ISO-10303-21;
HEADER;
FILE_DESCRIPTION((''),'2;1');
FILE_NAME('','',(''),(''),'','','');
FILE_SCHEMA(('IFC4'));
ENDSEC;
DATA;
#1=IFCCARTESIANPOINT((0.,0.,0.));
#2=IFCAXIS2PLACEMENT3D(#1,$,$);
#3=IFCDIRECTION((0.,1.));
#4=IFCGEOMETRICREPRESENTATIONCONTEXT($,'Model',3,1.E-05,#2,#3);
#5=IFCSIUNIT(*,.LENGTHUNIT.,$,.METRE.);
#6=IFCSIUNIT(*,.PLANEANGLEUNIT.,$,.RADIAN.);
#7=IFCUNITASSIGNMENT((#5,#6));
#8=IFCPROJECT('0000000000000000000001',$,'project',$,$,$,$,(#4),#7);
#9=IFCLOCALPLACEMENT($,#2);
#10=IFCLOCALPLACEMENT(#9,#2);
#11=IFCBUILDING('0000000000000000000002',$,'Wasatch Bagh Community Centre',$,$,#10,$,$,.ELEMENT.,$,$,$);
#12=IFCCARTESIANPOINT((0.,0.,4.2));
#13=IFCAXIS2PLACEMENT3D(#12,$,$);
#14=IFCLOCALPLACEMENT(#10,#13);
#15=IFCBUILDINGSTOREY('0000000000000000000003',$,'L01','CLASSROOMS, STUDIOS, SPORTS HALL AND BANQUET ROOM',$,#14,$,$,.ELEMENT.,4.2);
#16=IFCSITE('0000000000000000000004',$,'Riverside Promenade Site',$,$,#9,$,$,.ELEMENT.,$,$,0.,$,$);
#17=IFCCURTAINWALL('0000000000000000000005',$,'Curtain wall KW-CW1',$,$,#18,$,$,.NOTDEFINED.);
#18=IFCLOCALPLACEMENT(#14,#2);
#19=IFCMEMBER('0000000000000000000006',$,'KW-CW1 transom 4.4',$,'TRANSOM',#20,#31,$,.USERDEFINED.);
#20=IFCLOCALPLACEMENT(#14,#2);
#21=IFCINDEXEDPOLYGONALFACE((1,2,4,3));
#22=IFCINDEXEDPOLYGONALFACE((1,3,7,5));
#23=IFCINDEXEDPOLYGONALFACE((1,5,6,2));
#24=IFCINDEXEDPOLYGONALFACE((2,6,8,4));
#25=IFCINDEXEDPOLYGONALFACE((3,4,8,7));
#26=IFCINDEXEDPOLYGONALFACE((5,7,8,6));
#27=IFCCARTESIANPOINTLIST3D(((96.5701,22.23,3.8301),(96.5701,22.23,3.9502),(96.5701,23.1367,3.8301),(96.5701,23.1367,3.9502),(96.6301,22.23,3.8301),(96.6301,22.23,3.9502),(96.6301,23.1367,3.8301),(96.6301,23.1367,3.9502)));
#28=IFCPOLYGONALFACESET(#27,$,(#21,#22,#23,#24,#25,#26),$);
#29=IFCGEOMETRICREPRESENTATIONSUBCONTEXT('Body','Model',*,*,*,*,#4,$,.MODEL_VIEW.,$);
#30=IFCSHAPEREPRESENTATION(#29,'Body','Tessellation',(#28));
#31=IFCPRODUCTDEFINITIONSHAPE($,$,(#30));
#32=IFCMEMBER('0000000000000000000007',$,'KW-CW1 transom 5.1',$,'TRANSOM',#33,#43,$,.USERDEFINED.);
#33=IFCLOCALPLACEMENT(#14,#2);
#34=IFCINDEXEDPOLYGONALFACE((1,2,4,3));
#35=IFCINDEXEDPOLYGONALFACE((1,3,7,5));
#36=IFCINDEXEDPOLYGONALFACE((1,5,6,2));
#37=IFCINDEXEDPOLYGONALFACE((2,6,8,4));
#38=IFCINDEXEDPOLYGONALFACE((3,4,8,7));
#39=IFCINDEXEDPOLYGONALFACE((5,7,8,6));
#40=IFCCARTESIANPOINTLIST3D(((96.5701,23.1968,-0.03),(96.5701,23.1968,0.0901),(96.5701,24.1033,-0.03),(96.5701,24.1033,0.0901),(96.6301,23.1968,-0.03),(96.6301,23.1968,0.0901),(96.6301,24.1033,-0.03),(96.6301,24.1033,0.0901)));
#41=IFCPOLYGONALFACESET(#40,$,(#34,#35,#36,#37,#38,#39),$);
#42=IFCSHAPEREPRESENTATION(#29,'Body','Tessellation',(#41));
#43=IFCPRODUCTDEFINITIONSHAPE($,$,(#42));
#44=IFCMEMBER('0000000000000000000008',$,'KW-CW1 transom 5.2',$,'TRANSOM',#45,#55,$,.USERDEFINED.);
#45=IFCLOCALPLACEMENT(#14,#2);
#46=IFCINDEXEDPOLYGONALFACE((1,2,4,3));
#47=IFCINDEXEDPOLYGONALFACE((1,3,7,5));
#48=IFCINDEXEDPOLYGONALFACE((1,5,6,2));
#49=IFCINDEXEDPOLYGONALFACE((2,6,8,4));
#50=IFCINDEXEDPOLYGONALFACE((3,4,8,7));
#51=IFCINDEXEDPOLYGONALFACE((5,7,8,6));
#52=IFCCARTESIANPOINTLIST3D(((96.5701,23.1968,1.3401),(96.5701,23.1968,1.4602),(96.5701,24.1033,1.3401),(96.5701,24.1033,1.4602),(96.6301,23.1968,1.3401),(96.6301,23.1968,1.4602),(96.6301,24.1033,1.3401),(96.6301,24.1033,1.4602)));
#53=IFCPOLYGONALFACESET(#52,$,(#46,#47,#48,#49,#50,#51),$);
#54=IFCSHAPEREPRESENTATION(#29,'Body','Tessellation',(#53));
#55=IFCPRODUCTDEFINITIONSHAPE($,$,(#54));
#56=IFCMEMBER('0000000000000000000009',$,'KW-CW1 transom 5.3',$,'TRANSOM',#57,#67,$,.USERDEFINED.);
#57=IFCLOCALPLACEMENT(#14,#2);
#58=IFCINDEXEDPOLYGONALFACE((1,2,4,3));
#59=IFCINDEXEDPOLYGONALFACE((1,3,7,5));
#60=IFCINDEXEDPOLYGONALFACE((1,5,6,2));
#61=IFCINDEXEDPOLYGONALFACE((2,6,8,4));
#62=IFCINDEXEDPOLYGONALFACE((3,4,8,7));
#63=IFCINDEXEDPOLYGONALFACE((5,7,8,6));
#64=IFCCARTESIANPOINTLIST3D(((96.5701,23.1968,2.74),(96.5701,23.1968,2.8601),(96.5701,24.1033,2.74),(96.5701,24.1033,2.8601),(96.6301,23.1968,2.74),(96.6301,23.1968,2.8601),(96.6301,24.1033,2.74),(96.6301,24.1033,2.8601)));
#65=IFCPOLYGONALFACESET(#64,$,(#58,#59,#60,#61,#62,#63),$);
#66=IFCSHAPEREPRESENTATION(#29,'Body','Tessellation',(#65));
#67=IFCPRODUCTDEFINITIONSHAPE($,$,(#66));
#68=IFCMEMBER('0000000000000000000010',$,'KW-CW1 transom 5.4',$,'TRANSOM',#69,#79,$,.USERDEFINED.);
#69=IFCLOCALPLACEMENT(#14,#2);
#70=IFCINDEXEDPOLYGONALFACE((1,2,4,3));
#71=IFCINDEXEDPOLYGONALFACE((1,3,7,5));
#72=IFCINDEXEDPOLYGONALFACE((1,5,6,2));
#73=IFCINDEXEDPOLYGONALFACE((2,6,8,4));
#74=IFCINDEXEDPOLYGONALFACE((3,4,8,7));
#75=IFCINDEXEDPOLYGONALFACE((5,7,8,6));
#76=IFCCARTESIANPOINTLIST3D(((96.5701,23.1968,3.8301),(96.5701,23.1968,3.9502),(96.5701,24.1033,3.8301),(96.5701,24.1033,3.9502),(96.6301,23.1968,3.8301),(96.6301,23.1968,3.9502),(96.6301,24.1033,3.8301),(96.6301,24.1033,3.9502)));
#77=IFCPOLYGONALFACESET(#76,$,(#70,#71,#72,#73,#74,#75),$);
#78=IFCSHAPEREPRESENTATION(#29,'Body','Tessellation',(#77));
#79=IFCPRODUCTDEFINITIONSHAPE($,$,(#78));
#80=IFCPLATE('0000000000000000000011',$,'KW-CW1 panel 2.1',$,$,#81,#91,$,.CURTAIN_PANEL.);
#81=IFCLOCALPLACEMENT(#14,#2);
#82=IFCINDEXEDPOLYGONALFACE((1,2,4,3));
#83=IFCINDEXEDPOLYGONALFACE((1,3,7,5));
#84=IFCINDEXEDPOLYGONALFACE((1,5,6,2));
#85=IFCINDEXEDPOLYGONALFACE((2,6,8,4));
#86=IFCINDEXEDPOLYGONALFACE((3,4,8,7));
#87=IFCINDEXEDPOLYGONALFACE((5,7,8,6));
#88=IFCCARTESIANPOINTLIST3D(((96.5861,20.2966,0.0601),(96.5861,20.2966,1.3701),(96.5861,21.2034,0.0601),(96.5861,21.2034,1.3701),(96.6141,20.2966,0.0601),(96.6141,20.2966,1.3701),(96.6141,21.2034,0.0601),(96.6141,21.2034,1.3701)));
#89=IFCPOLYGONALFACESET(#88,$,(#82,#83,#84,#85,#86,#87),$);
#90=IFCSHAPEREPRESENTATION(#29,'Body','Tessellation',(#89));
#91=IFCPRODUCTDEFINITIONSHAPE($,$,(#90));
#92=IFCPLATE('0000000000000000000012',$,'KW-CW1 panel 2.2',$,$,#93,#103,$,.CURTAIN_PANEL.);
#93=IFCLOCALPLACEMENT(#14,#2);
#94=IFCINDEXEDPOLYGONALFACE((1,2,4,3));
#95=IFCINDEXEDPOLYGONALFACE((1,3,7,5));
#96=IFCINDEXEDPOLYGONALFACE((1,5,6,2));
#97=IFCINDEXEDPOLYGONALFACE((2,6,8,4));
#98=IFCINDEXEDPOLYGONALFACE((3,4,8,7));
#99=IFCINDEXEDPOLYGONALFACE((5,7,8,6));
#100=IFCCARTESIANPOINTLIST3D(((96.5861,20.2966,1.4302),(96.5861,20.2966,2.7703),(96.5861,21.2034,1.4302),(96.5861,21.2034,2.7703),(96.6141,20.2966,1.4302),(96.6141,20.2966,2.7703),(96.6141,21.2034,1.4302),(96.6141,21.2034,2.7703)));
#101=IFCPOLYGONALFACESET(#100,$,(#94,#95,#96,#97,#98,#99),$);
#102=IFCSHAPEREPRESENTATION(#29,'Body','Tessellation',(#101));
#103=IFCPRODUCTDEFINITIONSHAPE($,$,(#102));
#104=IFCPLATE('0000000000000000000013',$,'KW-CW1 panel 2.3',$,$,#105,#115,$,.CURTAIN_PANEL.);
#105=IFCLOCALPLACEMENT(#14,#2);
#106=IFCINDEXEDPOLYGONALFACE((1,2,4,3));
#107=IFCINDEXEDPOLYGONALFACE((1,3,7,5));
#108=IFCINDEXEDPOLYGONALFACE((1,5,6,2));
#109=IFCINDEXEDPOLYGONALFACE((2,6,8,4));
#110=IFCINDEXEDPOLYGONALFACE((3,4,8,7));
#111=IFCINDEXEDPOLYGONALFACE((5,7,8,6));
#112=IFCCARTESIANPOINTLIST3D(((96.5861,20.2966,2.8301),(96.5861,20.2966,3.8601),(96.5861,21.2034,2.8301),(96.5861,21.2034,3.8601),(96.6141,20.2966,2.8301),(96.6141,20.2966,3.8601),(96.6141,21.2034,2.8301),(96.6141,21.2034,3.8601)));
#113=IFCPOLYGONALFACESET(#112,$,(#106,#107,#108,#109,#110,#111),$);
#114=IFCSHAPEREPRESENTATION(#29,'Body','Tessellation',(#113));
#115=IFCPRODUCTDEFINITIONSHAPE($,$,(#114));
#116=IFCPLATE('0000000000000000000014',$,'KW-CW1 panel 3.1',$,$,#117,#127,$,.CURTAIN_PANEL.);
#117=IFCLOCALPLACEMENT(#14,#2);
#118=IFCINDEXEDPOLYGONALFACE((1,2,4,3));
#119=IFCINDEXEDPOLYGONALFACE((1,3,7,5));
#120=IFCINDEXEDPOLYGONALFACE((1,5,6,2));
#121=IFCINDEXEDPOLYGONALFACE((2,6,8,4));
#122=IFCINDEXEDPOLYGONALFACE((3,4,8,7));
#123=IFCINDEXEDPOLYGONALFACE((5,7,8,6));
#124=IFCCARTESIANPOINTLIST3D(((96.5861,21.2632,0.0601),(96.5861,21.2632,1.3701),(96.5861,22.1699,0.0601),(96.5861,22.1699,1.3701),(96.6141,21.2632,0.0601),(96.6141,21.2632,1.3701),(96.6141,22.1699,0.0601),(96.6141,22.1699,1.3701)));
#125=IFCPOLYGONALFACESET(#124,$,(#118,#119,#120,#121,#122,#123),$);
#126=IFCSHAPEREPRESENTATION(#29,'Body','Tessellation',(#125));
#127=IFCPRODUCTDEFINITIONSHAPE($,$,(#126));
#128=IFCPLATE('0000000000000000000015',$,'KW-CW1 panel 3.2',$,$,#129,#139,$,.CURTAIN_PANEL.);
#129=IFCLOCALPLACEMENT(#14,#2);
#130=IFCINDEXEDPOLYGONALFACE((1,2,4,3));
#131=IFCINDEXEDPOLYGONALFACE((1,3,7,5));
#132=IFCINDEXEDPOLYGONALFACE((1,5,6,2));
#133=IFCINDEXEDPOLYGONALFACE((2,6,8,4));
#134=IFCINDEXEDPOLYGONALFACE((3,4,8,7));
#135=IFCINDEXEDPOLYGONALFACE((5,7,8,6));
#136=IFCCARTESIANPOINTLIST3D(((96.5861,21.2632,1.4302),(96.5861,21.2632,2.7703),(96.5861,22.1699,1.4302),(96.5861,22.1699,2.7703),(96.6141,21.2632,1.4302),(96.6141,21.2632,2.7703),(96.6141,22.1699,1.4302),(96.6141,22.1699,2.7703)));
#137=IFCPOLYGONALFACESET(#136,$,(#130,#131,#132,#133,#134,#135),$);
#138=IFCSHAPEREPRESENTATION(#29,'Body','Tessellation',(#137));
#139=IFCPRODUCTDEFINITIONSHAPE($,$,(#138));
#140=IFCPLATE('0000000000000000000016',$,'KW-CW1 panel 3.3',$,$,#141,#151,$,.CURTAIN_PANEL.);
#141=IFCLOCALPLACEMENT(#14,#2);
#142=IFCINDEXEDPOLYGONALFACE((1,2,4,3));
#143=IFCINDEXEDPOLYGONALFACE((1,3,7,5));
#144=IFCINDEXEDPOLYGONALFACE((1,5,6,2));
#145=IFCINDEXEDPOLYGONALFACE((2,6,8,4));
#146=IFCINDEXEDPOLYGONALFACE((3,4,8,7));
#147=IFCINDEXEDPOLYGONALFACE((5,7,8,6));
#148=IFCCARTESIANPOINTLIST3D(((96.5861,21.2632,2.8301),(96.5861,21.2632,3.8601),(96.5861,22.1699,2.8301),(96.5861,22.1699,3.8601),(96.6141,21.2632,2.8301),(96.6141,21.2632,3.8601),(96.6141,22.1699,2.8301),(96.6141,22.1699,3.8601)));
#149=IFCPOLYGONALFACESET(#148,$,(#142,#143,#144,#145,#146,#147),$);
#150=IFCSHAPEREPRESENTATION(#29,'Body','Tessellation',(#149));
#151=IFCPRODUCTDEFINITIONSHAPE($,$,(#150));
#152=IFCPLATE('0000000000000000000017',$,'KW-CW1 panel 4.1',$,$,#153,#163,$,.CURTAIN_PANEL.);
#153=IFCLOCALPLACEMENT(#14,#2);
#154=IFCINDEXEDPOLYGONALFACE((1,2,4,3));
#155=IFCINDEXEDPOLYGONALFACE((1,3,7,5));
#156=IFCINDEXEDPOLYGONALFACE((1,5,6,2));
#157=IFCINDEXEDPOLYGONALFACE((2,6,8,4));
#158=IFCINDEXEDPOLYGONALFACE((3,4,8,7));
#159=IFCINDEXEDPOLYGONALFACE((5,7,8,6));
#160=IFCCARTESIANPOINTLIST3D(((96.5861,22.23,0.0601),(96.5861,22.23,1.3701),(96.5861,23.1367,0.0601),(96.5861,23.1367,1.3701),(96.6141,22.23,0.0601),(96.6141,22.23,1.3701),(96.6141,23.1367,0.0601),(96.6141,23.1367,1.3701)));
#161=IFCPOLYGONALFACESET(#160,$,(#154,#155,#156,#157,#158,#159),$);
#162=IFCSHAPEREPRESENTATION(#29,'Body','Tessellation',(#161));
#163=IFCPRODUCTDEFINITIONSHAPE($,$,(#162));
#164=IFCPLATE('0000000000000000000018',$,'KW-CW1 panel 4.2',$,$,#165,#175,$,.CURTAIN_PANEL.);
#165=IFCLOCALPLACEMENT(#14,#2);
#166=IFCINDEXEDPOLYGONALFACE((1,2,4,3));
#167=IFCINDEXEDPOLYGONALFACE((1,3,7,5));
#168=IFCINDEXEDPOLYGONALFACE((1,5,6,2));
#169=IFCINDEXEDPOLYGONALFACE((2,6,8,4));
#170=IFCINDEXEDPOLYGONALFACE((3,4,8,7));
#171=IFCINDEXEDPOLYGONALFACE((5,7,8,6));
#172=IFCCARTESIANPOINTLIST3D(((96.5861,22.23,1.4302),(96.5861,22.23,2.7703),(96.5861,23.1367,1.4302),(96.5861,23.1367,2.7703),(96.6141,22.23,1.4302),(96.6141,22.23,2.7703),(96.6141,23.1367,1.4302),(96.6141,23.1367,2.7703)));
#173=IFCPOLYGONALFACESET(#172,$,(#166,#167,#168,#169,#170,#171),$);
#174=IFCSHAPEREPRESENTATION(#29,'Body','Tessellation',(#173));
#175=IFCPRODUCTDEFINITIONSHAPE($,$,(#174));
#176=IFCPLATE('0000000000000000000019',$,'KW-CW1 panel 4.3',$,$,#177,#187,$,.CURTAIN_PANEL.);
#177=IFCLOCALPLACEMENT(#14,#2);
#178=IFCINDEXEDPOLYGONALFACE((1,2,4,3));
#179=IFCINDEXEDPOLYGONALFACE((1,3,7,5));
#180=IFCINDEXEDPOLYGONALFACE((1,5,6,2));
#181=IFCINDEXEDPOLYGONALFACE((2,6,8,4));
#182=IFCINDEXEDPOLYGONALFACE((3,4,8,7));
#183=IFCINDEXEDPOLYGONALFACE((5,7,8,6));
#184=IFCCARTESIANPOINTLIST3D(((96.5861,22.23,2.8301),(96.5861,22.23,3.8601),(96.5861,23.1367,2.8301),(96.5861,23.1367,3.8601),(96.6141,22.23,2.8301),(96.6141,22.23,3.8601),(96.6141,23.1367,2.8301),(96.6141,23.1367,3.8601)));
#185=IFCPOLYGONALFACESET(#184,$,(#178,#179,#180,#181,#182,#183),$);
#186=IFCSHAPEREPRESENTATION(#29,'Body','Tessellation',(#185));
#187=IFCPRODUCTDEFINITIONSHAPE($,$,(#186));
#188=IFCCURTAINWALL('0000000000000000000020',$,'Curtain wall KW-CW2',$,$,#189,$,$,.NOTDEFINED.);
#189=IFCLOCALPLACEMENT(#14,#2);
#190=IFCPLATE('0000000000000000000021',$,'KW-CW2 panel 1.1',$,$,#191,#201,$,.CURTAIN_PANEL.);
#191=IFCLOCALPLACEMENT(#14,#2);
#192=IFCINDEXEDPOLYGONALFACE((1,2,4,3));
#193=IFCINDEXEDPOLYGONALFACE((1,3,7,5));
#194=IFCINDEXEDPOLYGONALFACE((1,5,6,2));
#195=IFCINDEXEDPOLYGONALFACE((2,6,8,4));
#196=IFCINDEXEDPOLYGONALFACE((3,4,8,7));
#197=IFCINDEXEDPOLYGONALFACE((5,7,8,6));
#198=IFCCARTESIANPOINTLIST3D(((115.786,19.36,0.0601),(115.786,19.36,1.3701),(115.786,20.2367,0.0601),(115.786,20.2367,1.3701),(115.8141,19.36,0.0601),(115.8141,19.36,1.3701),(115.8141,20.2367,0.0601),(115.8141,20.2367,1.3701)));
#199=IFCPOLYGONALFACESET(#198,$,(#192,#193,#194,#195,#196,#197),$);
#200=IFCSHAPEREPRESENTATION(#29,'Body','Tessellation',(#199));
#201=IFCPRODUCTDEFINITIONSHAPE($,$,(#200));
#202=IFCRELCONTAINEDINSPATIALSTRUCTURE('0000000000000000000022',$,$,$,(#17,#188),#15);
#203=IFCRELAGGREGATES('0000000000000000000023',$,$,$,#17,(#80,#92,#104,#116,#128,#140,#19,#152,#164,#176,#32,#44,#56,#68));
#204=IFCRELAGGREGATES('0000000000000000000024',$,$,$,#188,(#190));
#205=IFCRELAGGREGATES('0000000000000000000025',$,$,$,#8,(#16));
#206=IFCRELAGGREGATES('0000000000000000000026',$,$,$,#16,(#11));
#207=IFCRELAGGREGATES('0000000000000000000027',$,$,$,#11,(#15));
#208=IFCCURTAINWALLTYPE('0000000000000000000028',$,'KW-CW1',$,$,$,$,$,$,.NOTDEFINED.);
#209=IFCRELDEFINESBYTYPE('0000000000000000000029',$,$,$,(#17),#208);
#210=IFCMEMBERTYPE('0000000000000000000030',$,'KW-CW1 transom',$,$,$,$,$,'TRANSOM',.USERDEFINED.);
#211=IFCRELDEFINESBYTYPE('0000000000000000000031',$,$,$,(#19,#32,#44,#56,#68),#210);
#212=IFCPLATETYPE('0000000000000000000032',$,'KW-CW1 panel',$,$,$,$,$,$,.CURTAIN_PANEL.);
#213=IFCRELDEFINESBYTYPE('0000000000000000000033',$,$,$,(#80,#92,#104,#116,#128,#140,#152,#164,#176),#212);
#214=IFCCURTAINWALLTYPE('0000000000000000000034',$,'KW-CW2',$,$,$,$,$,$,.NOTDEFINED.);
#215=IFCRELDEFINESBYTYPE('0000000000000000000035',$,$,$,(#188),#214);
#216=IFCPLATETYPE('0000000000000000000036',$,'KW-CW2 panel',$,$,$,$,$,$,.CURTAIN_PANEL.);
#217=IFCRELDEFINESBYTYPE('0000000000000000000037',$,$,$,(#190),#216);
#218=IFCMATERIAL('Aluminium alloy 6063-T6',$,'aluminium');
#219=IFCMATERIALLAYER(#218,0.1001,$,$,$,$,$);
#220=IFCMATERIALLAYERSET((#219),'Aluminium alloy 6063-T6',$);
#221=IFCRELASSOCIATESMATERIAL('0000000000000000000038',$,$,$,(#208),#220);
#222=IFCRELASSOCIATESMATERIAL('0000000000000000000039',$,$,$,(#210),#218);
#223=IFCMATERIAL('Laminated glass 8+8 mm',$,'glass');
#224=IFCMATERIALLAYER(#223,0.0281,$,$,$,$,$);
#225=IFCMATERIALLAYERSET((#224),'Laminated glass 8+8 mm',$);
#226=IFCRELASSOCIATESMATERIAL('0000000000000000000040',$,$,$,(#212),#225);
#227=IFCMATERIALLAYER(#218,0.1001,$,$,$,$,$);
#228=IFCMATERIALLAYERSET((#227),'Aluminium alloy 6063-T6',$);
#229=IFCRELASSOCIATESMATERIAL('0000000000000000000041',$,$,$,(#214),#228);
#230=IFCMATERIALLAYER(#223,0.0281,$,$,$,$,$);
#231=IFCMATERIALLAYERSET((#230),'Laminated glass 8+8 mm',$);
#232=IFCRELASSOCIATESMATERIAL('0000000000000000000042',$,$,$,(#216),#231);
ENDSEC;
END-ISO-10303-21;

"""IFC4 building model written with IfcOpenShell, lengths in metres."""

from ifc_helpers import new_model, si_unit, direction, frame, origin, origin_2d, place, context, subcontext, project, spatial, rectangle, extrude, material, layer, layer_set, material_profile, profile_set, type_object, element, aggregate, save


model = new_model("IFC4")

# Units and contexts
model_context = context("Model", 3, precision=1e-05, world=origin(), true_north=direction((0.0, 1.0)))
body_context = subcontext(model_context, "Body", "Model", "MODEL_VIEW")
ifc_project = project(units=[si_unit("LENGTHUNIT", "METRE"), si_unit("PLANEANGLEUNIT", "RADIAN")], contexts=[model_context])

# Site, building, storey
site_placement = place(None, origin())
site = spatial("IfcSite", under=ifc_project, at=site_placement, Name="Riverside Promenade Site", CompositionType="ELEMENT", RefElevation=0.0)
building_placement = place(site_placement, origin())
building = spatial("IfcBuilding", under=site, at=building_placement, Name="Wasatch Bagh Community Centre", CompositionType="ELEMENT")
storey_placement = place(building_placement, frame((0.0, 0.0, 4.2)))
storey = spatial("IfcBuildingStorey", under=building, at=storey_placement, Name="L01", Description="CLASSROOMS, STUDIOS, SPORTS HALL AND BANQUET ROOM", CompositionType="ELEMENT", Elevation=4.2)

# Curtain wall, members, plates
ifc_material_1 = material(Name="Aluminium alloy 6063-T6", Category="aluminium")
ifc_layer_1 = layer(ifc_material_1, 0.1001)
ifc_layer_set_1 = layer_set([ifc_layer_1], Name="Aluminium alloy 6063-T6")
curtain_wall_type_1 = type_object("IfcCurtainWallType", Name="KW-CW1", PredefinedType="NOTDEFINED", material=ifc_layer_set_1)
curtain_wall_1_placement = place(storey_placement, origin())
curtain_wall_1 = element("IfcCurtainWall", 1, at=curtain_wall_1_placement, inside=storey, type_object=curtain_wall_type_1, Name="Curtain wall KW-CW1", PredefinedType="NOTDEFINED")
ifc_material_profile_1 = material_profile(ifc_material_1, rectangle(XDim=0.0601, YDim=0.1201, at=origin_2d()), Name="AL 60x120")
ifc_profile_set_1 = profile_set([ifc_material_profile_1], Name="Aluminium alloy 6063-T6")
member_type_1 = type_object("IfcMemberType", Name="KW-CW1 transom", ElementType="TRANSOM", PredefinedType="USERDEFINED", material=ifc_profile_set_1)
member_1_placement = place(storey_placement, frame((96.6001, 22.23, 3.8901), z_axis=(0.0, 1.0, 0.0), x_axis=(-1.0, 0.0, 0.0)))
member_1 = element("IfcMember", 2, at=member_1_placement, type_object=member_type_1, Name="KW-CW1 transom 4.4", ObjectType="TRANSOM", PredefinedType="USERDEFINED", context=body_context, shape_type="SweptSolid", body=[
    extrude(rectangle(XDim=0.0601, YDim=0.1201, at=origin_2d()), origin(), (0.0, 0.0, 1.0), 0.9067),
])
member_2_placement = place(storey_placement, frame((96.6001, 23.1968, 0.03), z_axis=(0.0, 1.0, 0.0), x_axis=(-1.0, 0.0, 0.0)))
member_2 = element("IfcMember", 3, at=member_2_placement, type_object=member_type_1, Name="KW-CW1 transom 5.1", ObjectType="TRANSOM", PredefinedType="USERDEFINED", context=body_context, shape_type="SweptSolid", body=[
    extrude(rectangle(XDim=0.0601, YDim=0.1201, at=origin_2d()), origin(), (0.0, 0.0, 1.0), 0.9065),
])
member_3_placement = place(storey_placement, frame((96.6001, 23.1968, 1.4001), z_axis=(0.0, 1.0, 0.0), x_axis=(-1.0, 0.0, 0.0)))
member_3 = element("IfcMember", 4, at=member_3_placement, type_object=member_type_1, Name="KW-CW1 transom 5.2", ObjectType="TRANSOM", PredefinedType="USERDEFINED", context=body_context, shape_type="SweptSolid", body=[
    extrude(rectangle(XDim=0.0601, YDim=0.1201, at=origin_2d()), origin(), (0.0, 0.0, 1.0), 0.9065),
])
member_4_placement = place(storey_placement, frame((96.6001, 23.1968, 2.8), z_axis=(0.0, 1.0, 0.0), x_axis=(-1.0, 0.0, 0.0)))
member_4 = element("IfcMember", 5, at=member_4_placement, type_object=member_type_1, Name="KW-CW1 transom 5.3", ObjectType="TRANSOM", PredefinedType="USERDEFINED", context=body_context, shape_type="SweptSolid", body=[
    extrude(rectangle(XDim=0.0601, YDim=0.1201, at=origin_2d()), origin(), (0.0, 0.0, 1.0), 0.9065),
])
member_5_placement = place(storey_placement, frame((96.6001, 23.1968, 3.8901), z_axis=(0.0, 1.0, 0.0), x_axis=(-1.0, 0.0, 0.0)))
member_5 = element("IfcMember", 6, at=member_5_placement, type_object=member_type_1, Name="KW-CW1 transom 5.4", ObjectType="TRANSOM", PredefinedType="USERDEFINED", context=body_context, shape_type="SweptSolid", body=[
    extrude(rectangle(XDim=0.0601, YDim=0.1201, at=origin_2d()), origin(), (0.0, 0.0, 1.0), 0.9065),
])
ifc_material_2 = material(Name="Laminated glass 8+8 mm", Category="glass")
ifc_layer_2 = layer(ifc_material_2, 0.0281)
ifc_layer_set_2 = layer_set([ifc_layer_2], Name="Laminated glass 8+8 mm")
plate_type_1 = type_object("IfcPlateType", Name="KW-CW1 panel", PredefinedType="CURTAIN_PANEL", material=ifc_layer_set_2)
plate_1_placement = place(storey_placement, frame((96.6001, 20.75, 0.0601), z_axis=(0.0, 0.0, 1.0), x_axis=(0.0, 1.0, 0.0)))
plate_1 = element("IfcPlate", 7, at=plate_1_placement, type_object=plate_type_1, Name="KW-CW1 panel 2.1", PredefinedType="CURTAIN_PANEL", context=body_context, shape_type="SweptSolid", body=[
    extrude(rectangle(XDim=0.9067, YDim=0.0281, at=origin_2d()), origin(), (0.0, 0.0, 1.0), 1.3101),
])
plate_2_placement = place(storey_placement, frame((96.6001, 20.75, 1.4302), z_axis=(0.0, 0.0, 1.0), x_axis=(0.0, 1.0, 0.0)))
plate_2 = element("IfcPlate", 8, at=plate_2_placement, type_object=plate_type_1, Name="KW-CW1 panel 2.2", PredefinedType="CURTAIN_PANEL", context=body_context, shape_type="SweptSolid", body=[
    extrude(rectangle(XDim=0.9067, YDim=0.0281, at=origin_2d()), origin(), (0.0, 0.0, 1.0), 1.3401),
])
plate_3_placement = place(storey_placement, frame((96.6001, 20.75, 2.8301), z_axis=(0.0, 0.0, 1.0), x_axis=(0.0, 1.0, 0.0)))
plate_3 = element("IfcPlate", 9, at=plate_3_placement, type_object=plate_type_1, Name="KW-CW1 panel 2.3", PredefinedType="CURTAIN_PANEL", context=body_context, shape_type="SweptSolid", body=[
    extrude(rectangle(XDim=0.9067, YDim=0.0281, at=origin_2d()), origin(), (0.0, 0.0, 1.0), 1.03),
])
plate_4_placement = place(storey_placement, frame((96.6001, 21.7166, 0.0601), z_axis=(0.0, 0.0, 1.0), x_axis=(0.0, 1.0, 0.0)))
plate_4 = element("IfcPlate", 10, at=plate_4_placement, type_object=plate_type_1, Name="KW-CW1 panel 3.1", PredefinedType="CURTAIN_PANEL", context=body_context, shape_type="SweptSolid", body=[
    extrude(rectangle(XDim=0.9067, YDim=0.0281, at=origin_2d()), origin(), (0.0, 0.0, 1.0), 1.3101),
])
plate_5_placement = place(storey_placement, frame((96.6001, 21.7166, 1.4302), z_axis=(0.0, 0.0, 1.0), x_axis=(0.0, 1.0, 0.0)))
plate_5 = element("IfcPlate", 11, at=plate_5_placement, type_object=plate_type_1, Name="KW-CW1 panel 3.2", PredefinedType="CURTAIN_PANEL", context=body_context, shape_type="SweptSolid", body=[
    extrude(rectangle(XDim=0.9067, YDim=0.0281, at=origin_2d()), origin(), (0.0, 0.0, 1.0), 1.3401),
])
plate_6_placement = place(storey_placement, frame((96.6001, 21.7166, 2.8301), z_axis=(0.0, 0.0, 1.0), x_axis=(0.0, 1.0, 0.0)))
plate_6 = element("IfcPlate", 12, at=plate_6_placement, type_object=plate_type_1, Name="KW-CW1 panel 3.3", PredefinedType="CURTAIN_PANEL", context=body_context, shape_type="SweptSolid", body=[
    extrude(rectangle(XDim=0.9067, YDim=0.0281, at=origin_2d()), origin(), (0.0, 0.0, 1.0), 1.03),
])
plate_7_placement = place(storey_placement, frame((96.6001, 22.6833, 0.0601), z_axis=(0.0, 0.0, 1.0), x_axis=(0.0, 1.0, 0.0)))
plate_7 = element("IfcPlate", 13, at=plate_7_placement, type_object=plate_type_1, Name="KW-CW1 panel 4.1", PredefinedType="CURTAIN_PANEL", context=body_context, shape_type="SweptSolid", body=[
    extrude(rectangle(XDim=0.9067, YDim=0.0281, at=origin_2d()), origin(), (0.0, 0.0, 1.0), 1.3101),
])
plate_8_placement = place(storey_placement, frame((96.6001, 22.6833, 1.4302), z_axis=(0.0, 0.0, 1.0), x_axis=(0.0, 1.0, 0.0)))
plate_8 = element("IfcPlate", 14, at=plate_8_placement, type_object=plate_type_1, Name="KW-CW1 panel 4.2", PredefinedType="CURTAIN_PANEL", context=body_context, shape_type="SweptSolid", body=[
    extrude(rectangle(XDim=0.9067, YDim=0.0281, at=origin_2d()), origin(), (0.0, 0.0, 1.0), 1.3401),
])
plate_9_placement = place(storey_placement, frame((96.6001, 22.6833, 2.8301), z_axis=(0.0, 0.0, 1.0), x_axis=(0.0, 1.0, 0.0)))
plate_9 = element("IfcPlate", 15, at=plate_9_placement, type_object=plate_type_1, Name="KW-CW1 panel 4.3", PredefinedType="CURTAIN_PANEL", context=body_context, shape_type="SweptSolid", body=[
    extrude(rectangle(XDim=0.9067, YDim=0.0281, at=origin_2d()), origin(), (0.0, 0.0, 1.0), 1.03),
])
aggregate(curtain_wall_1, [plate_1, plate_2, plate_3, plate_4, plate_5, plate_6, member_1, plate_7, plate_8, plate_9, member_2, member_3, member_4, member_5])

# Curtain wall, plate
ifc_layer_3 = layer(ifc_material_1, 0.1001)
ifc_layer_set_3 = layer_set([ifc_layer_3], Name="Aluminium alloy 6063-T6")
curtain_wall_type_2 = type_object("IfcCurtainWallType", Name="KW-CW2", PredefinedType="NOTDEFINED", material=ifc_layer_set_3)
curtain_wall_2_placement = place(storey_placement, origin())
curtain_wall_2 = element("IfcCurtainWall", 16, at=curtain_wall_2_placement, inside=storey, type_object=curtain_wall_type_2, Name="Curtain wall KW-CW2", PredefinedType="NOTDEFINED")
ifc_layer_4 = layer(ifc_material_2, 0.0281)
ifc_layer_set_4 = layer_set([ifc_layer_4], Name="Laminated glass 8+8 mm")
plate_type_2 = type_object("IfcPlateType", Name="KW-CW2 panel", PredefinedType="CURTAIN_PANEL", material=ifc_layer_set_4)
plate_10_placement = place(storey_placement, frame((115.8, 19.7983, 0.0601), z_axis=(0.0, 0.0, 1.0), x_axis=(0.0, 1.0, 0.0)))
plate_10 = element("IfcPlate", 17, at=plate_10_placement, type_object=plate_type_2, Name="KW-CW2 panel 1.1", PredefinedType="CURTAIN_PANEL", context=body_context, shape_type="SweptSolid", body=[
    extrude(rectangle(XDim=0.8767, YDim=0.0281, at=origin_2d()), origin(), (0.0, 0.0, 1.0), 1.3101),
])
aggregate(curtain_wall_2, [plate_10])

save(model, "model.ifc")
